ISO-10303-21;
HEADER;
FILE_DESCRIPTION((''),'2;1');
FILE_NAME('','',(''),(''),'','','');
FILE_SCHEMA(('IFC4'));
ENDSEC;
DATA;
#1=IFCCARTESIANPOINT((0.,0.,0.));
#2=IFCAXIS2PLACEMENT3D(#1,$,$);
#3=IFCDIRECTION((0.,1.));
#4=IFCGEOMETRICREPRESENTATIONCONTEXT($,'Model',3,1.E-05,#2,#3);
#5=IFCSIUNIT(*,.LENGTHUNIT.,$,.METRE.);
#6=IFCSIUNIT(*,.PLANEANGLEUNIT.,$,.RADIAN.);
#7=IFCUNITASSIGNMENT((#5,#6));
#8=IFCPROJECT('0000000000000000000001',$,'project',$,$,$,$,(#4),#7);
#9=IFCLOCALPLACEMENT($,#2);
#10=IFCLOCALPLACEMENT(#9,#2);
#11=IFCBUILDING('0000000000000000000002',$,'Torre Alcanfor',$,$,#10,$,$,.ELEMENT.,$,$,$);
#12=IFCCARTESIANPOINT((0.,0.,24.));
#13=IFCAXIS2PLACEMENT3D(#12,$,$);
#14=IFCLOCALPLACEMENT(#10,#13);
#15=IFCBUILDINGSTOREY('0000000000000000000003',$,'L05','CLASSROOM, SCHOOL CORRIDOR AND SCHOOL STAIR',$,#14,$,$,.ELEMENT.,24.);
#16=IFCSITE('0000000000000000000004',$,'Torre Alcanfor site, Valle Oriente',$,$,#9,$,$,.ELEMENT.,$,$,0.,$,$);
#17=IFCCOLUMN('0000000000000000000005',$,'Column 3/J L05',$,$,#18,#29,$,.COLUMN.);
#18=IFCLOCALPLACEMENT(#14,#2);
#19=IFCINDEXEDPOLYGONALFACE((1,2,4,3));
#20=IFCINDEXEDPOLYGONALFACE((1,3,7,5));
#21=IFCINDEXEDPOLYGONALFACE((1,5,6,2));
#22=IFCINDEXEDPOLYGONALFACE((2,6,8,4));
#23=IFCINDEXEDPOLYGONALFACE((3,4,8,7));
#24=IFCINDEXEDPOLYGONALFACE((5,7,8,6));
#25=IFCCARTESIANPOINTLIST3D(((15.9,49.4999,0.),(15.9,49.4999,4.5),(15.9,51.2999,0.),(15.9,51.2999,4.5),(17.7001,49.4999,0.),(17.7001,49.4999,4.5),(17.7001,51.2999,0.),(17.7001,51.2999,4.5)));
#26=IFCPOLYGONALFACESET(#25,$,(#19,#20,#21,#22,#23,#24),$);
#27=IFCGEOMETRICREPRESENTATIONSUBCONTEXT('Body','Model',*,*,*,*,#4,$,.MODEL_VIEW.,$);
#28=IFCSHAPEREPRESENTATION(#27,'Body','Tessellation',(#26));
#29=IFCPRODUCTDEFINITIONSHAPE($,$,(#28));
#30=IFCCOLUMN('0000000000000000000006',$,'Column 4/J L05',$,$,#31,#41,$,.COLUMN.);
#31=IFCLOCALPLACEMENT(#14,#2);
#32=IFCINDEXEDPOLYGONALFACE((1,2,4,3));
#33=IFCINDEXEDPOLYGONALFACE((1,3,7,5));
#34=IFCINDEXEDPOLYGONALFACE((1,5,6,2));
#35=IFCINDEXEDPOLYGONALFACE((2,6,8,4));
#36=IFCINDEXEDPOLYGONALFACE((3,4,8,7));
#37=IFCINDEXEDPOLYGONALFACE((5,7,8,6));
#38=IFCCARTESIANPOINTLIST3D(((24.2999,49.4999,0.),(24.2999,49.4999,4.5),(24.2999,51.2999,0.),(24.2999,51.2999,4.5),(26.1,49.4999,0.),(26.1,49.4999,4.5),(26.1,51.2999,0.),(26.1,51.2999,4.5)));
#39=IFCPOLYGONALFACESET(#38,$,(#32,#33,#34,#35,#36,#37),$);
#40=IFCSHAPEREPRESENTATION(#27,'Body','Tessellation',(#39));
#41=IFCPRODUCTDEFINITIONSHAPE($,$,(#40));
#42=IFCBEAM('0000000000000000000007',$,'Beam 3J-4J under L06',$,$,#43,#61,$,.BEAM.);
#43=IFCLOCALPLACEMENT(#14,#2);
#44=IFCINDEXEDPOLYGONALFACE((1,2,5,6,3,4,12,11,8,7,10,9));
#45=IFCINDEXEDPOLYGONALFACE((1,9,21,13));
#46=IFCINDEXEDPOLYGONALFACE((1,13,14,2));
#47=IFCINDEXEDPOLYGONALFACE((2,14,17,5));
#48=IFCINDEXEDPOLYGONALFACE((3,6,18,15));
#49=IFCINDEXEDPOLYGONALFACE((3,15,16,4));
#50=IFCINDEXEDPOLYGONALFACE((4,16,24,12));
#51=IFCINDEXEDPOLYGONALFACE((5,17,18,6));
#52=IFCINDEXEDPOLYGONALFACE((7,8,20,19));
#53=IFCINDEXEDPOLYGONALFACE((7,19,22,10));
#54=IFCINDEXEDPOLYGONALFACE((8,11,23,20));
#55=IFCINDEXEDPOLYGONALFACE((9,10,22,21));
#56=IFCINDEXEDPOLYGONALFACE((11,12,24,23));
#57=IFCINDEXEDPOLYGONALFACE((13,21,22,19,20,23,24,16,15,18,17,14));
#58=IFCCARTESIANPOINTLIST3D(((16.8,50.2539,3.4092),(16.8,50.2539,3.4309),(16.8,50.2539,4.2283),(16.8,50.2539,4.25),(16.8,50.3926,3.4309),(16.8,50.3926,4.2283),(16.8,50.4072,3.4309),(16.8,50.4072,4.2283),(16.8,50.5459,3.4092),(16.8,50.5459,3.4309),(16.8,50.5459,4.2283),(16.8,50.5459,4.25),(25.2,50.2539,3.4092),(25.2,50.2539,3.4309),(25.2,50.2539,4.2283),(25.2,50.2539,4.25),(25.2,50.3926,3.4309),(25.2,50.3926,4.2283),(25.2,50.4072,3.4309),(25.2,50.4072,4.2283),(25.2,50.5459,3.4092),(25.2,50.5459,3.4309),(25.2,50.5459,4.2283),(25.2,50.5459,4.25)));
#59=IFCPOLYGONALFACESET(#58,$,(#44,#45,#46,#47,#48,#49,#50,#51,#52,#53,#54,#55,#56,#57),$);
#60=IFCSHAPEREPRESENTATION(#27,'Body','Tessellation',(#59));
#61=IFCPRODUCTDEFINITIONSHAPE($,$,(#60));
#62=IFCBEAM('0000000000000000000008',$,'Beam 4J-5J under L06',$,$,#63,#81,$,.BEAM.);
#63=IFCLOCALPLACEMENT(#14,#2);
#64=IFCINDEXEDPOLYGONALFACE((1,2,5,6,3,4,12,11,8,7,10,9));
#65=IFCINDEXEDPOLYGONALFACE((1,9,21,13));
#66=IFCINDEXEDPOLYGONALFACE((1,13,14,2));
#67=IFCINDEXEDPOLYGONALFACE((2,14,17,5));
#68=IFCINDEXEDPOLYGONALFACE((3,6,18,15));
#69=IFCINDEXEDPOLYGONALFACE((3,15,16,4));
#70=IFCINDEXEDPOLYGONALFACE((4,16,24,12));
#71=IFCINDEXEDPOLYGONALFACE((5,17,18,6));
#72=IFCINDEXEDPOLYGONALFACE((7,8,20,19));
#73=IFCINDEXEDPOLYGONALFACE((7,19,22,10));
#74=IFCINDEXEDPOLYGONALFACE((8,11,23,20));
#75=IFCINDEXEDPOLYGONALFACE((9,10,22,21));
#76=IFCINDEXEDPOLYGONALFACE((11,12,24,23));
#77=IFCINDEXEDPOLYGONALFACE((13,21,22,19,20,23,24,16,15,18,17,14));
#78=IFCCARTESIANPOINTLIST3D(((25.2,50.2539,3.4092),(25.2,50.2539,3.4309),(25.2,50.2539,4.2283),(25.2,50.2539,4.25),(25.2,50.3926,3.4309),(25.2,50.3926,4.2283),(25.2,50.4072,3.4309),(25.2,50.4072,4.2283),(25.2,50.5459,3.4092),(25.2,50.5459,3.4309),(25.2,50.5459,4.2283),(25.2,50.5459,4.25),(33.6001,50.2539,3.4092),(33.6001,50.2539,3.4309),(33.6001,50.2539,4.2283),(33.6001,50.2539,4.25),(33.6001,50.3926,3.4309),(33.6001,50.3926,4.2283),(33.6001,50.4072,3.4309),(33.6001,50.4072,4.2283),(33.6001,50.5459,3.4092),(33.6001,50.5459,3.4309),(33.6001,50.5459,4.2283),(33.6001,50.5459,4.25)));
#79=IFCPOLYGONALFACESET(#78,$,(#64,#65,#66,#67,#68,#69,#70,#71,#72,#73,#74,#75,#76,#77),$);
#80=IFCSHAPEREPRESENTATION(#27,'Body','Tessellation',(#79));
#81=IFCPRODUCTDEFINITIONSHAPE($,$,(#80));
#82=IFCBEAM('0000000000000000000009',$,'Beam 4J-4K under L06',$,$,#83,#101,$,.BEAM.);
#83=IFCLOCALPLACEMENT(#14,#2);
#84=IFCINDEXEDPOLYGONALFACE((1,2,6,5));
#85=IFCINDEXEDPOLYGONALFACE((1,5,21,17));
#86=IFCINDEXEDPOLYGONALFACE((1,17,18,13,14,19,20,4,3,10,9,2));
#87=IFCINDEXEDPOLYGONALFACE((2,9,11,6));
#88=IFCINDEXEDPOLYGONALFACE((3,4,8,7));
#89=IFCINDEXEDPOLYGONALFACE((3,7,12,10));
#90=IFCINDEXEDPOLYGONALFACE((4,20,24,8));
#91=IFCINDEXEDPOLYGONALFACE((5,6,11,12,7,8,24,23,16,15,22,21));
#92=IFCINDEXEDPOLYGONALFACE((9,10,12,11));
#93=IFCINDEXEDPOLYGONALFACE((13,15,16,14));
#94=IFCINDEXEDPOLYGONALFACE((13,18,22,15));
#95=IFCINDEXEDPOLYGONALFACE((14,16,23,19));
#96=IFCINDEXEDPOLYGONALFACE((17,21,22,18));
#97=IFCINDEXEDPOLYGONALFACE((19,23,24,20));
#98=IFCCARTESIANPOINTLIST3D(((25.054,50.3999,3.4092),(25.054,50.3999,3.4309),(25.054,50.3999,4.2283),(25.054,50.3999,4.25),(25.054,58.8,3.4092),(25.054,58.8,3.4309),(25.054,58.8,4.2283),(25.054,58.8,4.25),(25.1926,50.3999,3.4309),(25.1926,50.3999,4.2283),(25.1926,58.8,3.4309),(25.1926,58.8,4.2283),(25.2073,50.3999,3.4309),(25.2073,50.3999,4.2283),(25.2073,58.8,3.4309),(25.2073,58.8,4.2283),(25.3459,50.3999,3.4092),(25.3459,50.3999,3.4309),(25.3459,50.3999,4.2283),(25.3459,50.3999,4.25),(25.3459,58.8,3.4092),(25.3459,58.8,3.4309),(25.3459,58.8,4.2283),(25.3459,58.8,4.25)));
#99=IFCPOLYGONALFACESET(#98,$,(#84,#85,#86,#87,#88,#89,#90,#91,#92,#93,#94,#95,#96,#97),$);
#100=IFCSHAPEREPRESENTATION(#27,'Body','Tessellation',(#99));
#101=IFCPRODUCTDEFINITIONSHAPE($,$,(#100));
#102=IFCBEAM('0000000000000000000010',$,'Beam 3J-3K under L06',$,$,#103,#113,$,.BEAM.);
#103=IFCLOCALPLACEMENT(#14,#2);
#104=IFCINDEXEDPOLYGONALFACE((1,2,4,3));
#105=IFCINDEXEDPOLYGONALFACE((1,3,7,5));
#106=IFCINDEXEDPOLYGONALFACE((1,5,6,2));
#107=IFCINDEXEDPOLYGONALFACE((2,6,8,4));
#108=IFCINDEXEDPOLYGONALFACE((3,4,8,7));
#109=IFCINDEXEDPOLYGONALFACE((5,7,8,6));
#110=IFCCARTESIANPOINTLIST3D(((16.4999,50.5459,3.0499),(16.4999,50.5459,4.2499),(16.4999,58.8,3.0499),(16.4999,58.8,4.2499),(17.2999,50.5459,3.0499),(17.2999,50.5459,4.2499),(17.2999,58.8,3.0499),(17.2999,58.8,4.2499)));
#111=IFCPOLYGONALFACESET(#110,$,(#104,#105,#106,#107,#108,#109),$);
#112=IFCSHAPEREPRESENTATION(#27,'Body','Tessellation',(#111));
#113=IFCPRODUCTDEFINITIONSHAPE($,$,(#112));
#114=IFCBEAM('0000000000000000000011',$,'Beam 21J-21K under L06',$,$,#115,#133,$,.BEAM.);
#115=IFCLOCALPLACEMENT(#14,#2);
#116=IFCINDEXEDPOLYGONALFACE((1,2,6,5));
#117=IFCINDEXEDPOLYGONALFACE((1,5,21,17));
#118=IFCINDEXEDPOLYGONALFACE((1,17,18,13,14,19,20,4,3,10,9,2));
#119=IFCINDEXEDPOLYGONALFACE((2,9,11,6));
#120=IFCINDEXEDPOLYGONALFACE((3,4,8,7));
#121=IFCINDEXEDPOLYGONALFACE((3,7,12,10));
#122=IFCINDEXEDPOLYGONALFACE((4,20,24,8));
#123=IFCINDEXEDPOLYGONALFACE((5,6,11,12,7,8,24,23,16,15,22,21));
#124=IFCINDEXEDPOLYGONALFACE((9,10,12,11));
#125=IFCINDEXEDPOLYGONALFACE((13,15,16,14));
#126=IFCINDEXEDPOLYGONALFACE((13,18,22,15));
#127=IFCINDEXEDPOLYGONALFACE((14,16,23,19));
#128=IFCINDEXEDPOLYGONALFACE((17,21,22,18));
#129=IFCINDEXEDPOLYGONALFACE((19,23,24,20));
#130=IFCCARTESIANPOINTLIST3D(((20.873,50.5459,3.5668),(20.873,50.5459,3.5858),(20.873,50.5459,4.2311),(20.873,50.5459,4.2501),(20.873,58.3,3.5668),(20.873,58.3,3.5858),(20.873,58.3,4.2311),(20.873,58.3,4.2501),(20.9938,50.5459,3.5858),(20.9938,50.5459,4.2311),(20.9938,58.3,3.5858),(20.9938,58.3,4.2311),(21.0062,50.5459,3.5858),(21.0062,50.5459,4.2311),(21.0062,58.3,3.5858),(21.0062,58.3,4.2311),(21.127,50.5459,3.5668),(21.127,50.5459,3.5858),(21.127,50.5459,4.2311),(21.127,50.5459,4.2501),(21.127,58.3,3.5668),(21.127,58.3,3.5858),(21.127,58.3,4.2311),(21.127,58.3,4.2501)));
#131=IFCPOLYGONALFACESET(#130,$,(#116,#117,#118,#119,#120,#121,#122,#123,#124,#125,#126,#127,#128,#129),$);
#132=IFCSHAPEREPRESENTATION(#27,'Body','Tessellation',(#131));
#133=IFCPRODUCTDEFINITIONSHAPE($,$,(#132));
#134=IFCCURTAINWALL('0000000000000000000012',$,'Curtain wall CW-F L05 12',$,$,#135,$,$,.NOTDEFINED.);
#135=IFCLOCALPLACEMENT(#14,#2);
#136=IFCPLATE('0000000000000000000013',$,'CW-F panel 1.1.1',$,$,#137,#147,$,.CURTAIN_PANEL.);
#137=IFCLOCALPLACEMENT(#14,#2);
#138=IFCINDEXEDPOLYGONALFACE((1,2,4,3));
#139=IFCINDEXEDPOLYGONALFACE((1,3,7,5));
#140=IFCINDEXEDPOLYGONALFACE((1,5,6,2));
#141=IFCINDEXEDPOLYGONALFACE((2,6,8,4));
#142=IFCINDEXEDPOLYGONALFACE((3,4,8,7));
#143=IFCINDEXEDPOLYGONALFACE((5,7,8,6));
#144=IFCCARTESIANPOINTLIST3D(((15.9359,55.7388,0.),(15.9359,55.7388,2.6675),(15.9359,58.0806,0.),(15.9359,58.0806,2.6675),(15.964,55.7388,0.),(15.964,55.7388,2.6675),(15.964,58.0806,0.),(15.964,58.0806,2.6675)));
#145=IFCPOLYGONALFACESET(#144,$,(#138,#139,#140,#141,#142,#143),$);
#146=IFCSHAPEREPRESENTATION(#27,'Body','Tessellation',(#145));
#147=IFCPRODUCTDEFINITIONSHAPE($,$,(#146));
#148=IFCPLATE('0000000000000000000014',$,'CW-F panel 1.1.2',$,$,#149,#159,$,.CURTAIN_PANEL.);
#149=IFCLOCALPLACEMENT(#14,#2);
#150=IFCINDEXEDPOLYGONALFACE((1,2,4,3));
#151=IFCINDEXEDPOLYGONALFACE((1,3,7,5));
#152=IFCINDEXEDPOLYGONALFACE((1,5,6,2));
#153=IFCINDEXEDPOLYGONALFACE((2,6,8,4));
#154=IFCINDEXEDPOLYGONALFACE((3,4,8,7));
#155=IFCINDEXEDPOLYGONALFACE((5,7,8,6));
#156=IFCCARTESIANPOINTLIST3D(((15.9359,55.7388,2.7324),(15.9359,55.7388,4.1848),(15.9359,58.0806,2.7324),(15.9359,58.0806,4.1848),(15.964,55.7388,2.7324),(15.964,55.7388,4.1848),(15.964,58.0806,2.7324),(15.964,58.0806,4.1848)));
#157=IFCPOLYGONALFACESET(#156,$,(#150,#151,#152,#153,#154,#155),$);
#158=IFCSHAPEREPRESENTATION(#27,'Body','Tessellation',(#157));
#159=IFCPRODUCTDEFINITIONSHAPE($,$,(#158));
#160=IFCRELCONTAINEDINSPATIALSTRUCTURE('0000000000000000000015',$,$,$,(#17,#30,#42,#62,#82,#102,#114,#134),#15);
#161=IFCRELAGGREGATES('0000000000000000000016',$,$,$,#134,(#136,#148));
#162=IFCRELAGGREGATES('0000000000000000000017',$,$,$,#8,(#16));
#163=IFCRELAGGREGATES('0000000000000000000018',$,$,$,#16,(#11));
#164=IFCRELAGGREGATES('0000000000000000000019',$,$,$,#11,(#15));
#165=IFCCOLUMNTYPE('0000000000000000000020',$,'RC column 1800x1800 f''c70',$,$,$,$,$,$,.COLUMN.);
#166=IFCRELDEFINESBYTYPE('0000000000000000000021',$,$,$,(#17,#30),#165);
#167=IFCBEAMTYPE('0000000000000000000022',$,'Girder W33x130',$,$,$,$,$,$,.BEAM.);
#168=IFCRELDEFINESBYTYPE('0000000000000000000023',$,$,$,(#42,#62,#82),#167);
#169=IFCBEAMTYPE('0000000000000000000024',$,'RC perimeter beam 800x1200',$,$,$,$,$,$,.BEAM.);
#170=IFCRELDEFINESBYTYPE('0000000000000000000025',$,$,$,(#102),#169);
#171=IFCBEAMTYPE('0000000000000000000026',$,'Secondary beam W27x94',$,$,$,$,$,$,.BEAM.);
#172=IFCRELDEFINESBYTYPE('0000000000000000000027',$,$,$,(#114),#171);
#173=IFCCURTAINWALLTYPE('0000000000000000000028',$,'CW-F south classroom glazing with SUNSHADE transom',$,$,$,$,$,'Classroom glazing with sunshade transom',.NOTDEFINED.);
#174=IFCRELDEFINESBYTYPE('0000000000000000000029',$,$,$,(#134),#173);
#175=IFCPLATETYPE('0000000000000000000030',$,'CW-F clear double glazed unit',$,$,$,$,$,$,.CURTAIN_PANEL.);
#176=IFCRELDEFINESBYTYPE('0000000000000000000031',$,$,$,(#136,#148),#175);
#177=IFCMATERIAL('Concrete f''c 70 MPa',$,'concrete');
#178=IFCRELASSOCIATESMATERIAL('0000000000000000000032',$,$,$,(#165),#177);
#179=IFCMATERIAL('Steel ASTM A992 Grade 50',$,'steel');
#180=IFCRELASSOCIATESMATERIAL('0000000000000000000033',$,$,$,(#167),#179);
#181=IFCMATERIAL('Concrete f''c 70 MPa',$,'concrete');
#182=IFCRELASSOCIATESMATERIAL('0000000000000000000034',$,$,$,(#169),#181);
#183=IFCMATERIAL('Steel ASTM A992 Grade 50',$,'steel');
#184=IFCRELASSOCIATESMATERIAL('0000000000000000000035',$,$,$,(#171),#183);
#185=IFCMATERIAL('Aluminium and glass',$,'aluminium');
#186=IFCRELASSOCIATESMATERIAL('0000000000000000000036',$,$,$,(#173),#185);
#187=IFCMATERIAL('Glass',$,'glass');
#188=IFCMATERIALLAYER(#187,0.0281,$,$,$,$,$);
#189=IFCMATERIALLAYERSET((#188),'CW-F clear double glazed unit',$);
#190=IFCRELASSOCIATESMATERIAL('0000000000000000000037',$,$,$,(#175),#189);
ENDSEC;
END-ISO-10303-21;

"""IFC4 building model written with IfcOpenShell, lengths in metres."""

from ifc_helpers import new_model, si_unit, direction, frame, origin, origin_2d, place, context, subcontext, project, spatial, rectangle, i_section, extrude, material, layer, layer_set, material_profile, profile_set, type_object, element, aggregate, save


model = new_model("IFC4")

# Units and contexts
model_context = context("Model", 3, precision=1e-05, world=origin(), true_north=direction((0.0, 1.0)))
body_context = subcontext(model_context, "Body", "Model", "MODEL_VIEW")
ifc_project = project(units=[si_unit("LENGTHUNIT", "METRE"), si_unit("PLANEANGLEUNIT", "RADIAN")], contexts=[model_context])

# Site, building, storey
site_placement = place(None, origin())
site = spatial("IfcSite", under=ifc_project, at=site_placement, Name="Torre Alcanfor site, Valle Oriente", CompositionType="ELEMENT", RefElevation=0.0)
building_placement = place(site_placement, origin())
building = spatial("IfcBuilding", under=site, at=building_placement, Name="Torre Alcanfor", CompositionType="ELEMENT")
storey_placement = place(building_placement, frame((0.0, 0.0, 24.0)))
storey = spatial("IfcBuildingStorey", under=building, at=storey_placement, Name="L05", Description="CLASSROOM, SCHOOL CORRIDOR AND SCHOOL STAIR", CompositionType="ELEMENT", Elevation=24.0)

# Columns
ifc_material_1 = material(Name="Concrete f'c 70 MPa", Category="concrete")
ifc_material_profile_1 = material_profile(ifc_material_1, rectangle(XDim=1.8, YDim=1.8, at=origin_2d()), Name="1800x1800")
ifc_profile_set_1 = profile_set([ifc_material_profile_1], Name="Concrete f'c 70 MPa")
column_type = type_object("IfcColumnType", Name="RC column 1800x1800 f'c70", PredefinedType="COLUMN", material=ifc_profile_set_1)
for number, where, z_axis, x_axis, name in (
    (1, (16.8, 50.3999, 0.0), (0.0, 0.0, 1.0), (1.0, 0.0, 0.0), "Column 3/J L05"),
    (2, (25.2, 50.3999, 0.0), (0.0, 0.0, 1.0), (1.0, 0.0, 0.0), "Column 4/J L05"),
):
    element("IfcColumn", number, at=place(storey_placement, frame(where, z_axis=z_axis, x_axis=x_axis)), inside=storey, type_object=column_type, Name=name, PredefinedType="COLUMN", context=body_context, shape_type="SweptSolid", body=[
        extrude(rectangle(XDim=1.8, YDim=1.8, at=origin_2d()), origin(), (0.0, 0.0, 1.0), 4.5),
    ])

# Beams
ifc_material_2 = material(Name="Steel ASTM A992 Grade 50", Category="steel")
ifc_material_profile_2 = material_profile(ifc_material_2, i_section(OverallWidth=0.292, OverallDepth=0.8408, WebThickness=0.0146, FlangeThickness=0.0217, at=origin_2d()), Name="W33x130")
ifc_profile_set_2 = profile_set([ifc_material_profile_2], Name="Steel ASTM A992 Grade 50")
beam_type_1 = type_object("IfcBeamType", Name="Girder W33x130", PredefinedType="BEAM", material=ifc_profile_set_2)
beam_1_placement = place(storey_placement, frame((16.8, 50.3999, 3.8296), z_axis=(1.0, 0.0, 0.0), x_axis=(0.0, 1.0, 0.0)))
element("IfcBeam", 3, at=beam_1_placement, inside=storey, type_object=beam_type_1, Name="Beam 3J-4J under L06", PredefinedType="BEAM", context=body_context, shape_type="SweptSolid", body=[
    extrude(i_section(OverallWidth=0.292, OverallDepth=0.8408, WebThickness=0.0146, FlangeThickness=0.0217, at=origin_2d()), origin(), (0.0, 0.0, 1.0), 8.3999),
])
for number, where, z_axis, x_axis, name in (
    (4, (25.2, 50.3999, 3.8296), (1.0, 0.0, 0.0), (0.0, 1.0, 0.0), "Beam 4J-5J under L06"),
    (5, (25.2, 50.3999, 3.8296), (0.0, 1.0, 0.0), (-1.0, 0.0, 0.0), "Beam 4J-4K under L06"),
):
    element("IfcBeam", number, at=place(storey_placement, frame(where, z_axis=z_axis, x_axis=x_axis)), inside=storey, type_object=beam_type_1, Name=name, PredefinedType="BEAM", context=body_context, shape_type="SweptSolid", body=[
        extrude(i_section(OverallWidth=0.292, OverallDepth=0.8408, WebThickness=0.0146, FlangeThickness=0.0217, at=origin_2d()), origin(), (0.0, 0.0, 1.0), 8.4001),
    ])
ifc_material_3 = material(Name="Concrete f'c 70 MPa", Category="concrete")
ifc_material_profile_3 = material_profile(ifc_material_3, rectangle(XDim=0.8, YDim=1.2, at=origin_2d()), Name="800x1200")
ifc_profile_set_3 = profile_set([ifc_material_profile_3], Name="Concrete f'c 70 MPa")
beam_type_2 = type_object("IfcBeamType", Name="RC perimeter beam 800x1200", PredefinedType="BEAM", material=ifc_profile_set_3)
beam_2_placement = place(storey_placement, frame((16.8999, 50.5459, 3.6499), z_axis=(0.0, 1.0, 0.0), x_axis=(-1.0, 0.0, 0.0)))
element("IfcBeam", 6, at=beam_2_placement, inside=storey, type_object=beam_type_2, Name="Beam 3J-3K under L06", PredefinedType="BEAM", context=body_context, shape_type="SweptSolid", body=[
    extrude(rectangle(XDim=0.8, YDim=1.2, at=origin_2d()), origin(), (0.0, 0.0, 1.0), 8.2542),
])
ifc_material_4 = material(Name="Steel ASTM A992 Grade 50", Category="steel")
ifc_material_profile_4 = material_profile(ifc_material_4, i_section(OverallWidth=0.2539, OverallDepth=0.6833, WebThickness=0.0125, FlangeThickness=0.019, at=origin_2d()), Name="W27x94")
ifc_profile_set_4 = profile_set([ifc_material_profile_4], Name="Steel ASTM A992 Grade 50")
beam_type_3 = type_object("IfcBeamType", Name="Secondary beam W27x94", PredefinedType="BEAM", material=ifc_profile_set_4)
beam_3_placement = place(storey_placement, frame((21.0, 50.5459, 3.9084), z_axis=(0.0, 1.0, 0.0), x_axis=(-1.0, 0.0, 0.0)))
element("IfcBeam", 7, at=beam_3_placement, inside=storey, type_object=beam_type_3, Name="Beam 21J-21K under L06", PredefinedType="BEAM", context=body_context, shape_type="SweptSolid", body=[
    extrude(i_section(OverallWidth=0.2539, OverallDepth=0.6833, WebThickness=0.0125, FlangeThickness=0.019, at=origin_2d()), origin(), (0.0, 0.0, 1.0), 7.7542),
])

# Curtain wall, plates
ifc_material_5 = material(Name="Aluminium and glass", Category="aluminium")
curtain_wall_type = type_object("IfcCurtainWallType", Name="CW-F south classroom glazing with SUNSHADE transom", ElementType="Classroom glazing with sunshade transom", PredefinedType="NOTDEFINED", material=ifc_material_5)
curtain_wall_placement = place(storey_placement, origin())
curtain_wall = element("IfcCurtainWall", 8, at=curtain_wall_placement, inside=storey, type_object=curtain_wall_type, Name="Curtain wall CW-F L05 12", PredefinedType="NOTDEFINED")
ifc_material_6 = material(Name="Glass", Category="glass")
ifc_layer_1 = layer(ifc_material_6, 0.0281)
ifc_layer_set_1 = layer_set([ifc_layer_1], Name="CW-F clear double glazed unit")
plate_type = type_object("IfcPlateType", Name="CW-F clear double glazed unit", PredefinedType="CURTAIN_PANEL", material=ifc_layer_set_1)
plate_1_placement = place(storey_placement, frame((15.95, 56.9097, 0.0), z_axis=(0.0, 0.0, 1.0), x_axis=(0.0, -1.0, 0.0)))
plate_1 = element("IfcPlate", 9, at=plate_1_placement, type_object=plate_type, Name="CW-F panel 1.1.1", PredefinedType="CURTAIN_PANEL", context=body_context, shape_type="SweptSolid", body=[
    extrude(rectangle(XDim=2.3418, YDim=0.0281, at=origin_2d()), origin(), (0.0, 0.0, 1.0), 2.6675),
])
plate_2_placement = place(storey_placement, frame((15.95, 56.9097, 2.7324), z_axis=(0.0, 0.0, 1.0), x_axis=(0.0, -1.0, 0.0)))
plate_2 = element("IfcPlate", 10, at=plate_2_placement, type_object=plate_type, Name="CW-F panel 1.1.2", PredefinedType="CURTAIN_PANEL", context=body_context, shape_type="SweptSolid", body=[
    extrude(rectangle(XDim=2.3418, YDim=0.0281, at=origin_2d()), origin(), (0.0, 0.0, 1.0), 1.4524),
])
aggregate(curtain_wall, [plate_1, plate_2])

save(model, "model.ifc")
